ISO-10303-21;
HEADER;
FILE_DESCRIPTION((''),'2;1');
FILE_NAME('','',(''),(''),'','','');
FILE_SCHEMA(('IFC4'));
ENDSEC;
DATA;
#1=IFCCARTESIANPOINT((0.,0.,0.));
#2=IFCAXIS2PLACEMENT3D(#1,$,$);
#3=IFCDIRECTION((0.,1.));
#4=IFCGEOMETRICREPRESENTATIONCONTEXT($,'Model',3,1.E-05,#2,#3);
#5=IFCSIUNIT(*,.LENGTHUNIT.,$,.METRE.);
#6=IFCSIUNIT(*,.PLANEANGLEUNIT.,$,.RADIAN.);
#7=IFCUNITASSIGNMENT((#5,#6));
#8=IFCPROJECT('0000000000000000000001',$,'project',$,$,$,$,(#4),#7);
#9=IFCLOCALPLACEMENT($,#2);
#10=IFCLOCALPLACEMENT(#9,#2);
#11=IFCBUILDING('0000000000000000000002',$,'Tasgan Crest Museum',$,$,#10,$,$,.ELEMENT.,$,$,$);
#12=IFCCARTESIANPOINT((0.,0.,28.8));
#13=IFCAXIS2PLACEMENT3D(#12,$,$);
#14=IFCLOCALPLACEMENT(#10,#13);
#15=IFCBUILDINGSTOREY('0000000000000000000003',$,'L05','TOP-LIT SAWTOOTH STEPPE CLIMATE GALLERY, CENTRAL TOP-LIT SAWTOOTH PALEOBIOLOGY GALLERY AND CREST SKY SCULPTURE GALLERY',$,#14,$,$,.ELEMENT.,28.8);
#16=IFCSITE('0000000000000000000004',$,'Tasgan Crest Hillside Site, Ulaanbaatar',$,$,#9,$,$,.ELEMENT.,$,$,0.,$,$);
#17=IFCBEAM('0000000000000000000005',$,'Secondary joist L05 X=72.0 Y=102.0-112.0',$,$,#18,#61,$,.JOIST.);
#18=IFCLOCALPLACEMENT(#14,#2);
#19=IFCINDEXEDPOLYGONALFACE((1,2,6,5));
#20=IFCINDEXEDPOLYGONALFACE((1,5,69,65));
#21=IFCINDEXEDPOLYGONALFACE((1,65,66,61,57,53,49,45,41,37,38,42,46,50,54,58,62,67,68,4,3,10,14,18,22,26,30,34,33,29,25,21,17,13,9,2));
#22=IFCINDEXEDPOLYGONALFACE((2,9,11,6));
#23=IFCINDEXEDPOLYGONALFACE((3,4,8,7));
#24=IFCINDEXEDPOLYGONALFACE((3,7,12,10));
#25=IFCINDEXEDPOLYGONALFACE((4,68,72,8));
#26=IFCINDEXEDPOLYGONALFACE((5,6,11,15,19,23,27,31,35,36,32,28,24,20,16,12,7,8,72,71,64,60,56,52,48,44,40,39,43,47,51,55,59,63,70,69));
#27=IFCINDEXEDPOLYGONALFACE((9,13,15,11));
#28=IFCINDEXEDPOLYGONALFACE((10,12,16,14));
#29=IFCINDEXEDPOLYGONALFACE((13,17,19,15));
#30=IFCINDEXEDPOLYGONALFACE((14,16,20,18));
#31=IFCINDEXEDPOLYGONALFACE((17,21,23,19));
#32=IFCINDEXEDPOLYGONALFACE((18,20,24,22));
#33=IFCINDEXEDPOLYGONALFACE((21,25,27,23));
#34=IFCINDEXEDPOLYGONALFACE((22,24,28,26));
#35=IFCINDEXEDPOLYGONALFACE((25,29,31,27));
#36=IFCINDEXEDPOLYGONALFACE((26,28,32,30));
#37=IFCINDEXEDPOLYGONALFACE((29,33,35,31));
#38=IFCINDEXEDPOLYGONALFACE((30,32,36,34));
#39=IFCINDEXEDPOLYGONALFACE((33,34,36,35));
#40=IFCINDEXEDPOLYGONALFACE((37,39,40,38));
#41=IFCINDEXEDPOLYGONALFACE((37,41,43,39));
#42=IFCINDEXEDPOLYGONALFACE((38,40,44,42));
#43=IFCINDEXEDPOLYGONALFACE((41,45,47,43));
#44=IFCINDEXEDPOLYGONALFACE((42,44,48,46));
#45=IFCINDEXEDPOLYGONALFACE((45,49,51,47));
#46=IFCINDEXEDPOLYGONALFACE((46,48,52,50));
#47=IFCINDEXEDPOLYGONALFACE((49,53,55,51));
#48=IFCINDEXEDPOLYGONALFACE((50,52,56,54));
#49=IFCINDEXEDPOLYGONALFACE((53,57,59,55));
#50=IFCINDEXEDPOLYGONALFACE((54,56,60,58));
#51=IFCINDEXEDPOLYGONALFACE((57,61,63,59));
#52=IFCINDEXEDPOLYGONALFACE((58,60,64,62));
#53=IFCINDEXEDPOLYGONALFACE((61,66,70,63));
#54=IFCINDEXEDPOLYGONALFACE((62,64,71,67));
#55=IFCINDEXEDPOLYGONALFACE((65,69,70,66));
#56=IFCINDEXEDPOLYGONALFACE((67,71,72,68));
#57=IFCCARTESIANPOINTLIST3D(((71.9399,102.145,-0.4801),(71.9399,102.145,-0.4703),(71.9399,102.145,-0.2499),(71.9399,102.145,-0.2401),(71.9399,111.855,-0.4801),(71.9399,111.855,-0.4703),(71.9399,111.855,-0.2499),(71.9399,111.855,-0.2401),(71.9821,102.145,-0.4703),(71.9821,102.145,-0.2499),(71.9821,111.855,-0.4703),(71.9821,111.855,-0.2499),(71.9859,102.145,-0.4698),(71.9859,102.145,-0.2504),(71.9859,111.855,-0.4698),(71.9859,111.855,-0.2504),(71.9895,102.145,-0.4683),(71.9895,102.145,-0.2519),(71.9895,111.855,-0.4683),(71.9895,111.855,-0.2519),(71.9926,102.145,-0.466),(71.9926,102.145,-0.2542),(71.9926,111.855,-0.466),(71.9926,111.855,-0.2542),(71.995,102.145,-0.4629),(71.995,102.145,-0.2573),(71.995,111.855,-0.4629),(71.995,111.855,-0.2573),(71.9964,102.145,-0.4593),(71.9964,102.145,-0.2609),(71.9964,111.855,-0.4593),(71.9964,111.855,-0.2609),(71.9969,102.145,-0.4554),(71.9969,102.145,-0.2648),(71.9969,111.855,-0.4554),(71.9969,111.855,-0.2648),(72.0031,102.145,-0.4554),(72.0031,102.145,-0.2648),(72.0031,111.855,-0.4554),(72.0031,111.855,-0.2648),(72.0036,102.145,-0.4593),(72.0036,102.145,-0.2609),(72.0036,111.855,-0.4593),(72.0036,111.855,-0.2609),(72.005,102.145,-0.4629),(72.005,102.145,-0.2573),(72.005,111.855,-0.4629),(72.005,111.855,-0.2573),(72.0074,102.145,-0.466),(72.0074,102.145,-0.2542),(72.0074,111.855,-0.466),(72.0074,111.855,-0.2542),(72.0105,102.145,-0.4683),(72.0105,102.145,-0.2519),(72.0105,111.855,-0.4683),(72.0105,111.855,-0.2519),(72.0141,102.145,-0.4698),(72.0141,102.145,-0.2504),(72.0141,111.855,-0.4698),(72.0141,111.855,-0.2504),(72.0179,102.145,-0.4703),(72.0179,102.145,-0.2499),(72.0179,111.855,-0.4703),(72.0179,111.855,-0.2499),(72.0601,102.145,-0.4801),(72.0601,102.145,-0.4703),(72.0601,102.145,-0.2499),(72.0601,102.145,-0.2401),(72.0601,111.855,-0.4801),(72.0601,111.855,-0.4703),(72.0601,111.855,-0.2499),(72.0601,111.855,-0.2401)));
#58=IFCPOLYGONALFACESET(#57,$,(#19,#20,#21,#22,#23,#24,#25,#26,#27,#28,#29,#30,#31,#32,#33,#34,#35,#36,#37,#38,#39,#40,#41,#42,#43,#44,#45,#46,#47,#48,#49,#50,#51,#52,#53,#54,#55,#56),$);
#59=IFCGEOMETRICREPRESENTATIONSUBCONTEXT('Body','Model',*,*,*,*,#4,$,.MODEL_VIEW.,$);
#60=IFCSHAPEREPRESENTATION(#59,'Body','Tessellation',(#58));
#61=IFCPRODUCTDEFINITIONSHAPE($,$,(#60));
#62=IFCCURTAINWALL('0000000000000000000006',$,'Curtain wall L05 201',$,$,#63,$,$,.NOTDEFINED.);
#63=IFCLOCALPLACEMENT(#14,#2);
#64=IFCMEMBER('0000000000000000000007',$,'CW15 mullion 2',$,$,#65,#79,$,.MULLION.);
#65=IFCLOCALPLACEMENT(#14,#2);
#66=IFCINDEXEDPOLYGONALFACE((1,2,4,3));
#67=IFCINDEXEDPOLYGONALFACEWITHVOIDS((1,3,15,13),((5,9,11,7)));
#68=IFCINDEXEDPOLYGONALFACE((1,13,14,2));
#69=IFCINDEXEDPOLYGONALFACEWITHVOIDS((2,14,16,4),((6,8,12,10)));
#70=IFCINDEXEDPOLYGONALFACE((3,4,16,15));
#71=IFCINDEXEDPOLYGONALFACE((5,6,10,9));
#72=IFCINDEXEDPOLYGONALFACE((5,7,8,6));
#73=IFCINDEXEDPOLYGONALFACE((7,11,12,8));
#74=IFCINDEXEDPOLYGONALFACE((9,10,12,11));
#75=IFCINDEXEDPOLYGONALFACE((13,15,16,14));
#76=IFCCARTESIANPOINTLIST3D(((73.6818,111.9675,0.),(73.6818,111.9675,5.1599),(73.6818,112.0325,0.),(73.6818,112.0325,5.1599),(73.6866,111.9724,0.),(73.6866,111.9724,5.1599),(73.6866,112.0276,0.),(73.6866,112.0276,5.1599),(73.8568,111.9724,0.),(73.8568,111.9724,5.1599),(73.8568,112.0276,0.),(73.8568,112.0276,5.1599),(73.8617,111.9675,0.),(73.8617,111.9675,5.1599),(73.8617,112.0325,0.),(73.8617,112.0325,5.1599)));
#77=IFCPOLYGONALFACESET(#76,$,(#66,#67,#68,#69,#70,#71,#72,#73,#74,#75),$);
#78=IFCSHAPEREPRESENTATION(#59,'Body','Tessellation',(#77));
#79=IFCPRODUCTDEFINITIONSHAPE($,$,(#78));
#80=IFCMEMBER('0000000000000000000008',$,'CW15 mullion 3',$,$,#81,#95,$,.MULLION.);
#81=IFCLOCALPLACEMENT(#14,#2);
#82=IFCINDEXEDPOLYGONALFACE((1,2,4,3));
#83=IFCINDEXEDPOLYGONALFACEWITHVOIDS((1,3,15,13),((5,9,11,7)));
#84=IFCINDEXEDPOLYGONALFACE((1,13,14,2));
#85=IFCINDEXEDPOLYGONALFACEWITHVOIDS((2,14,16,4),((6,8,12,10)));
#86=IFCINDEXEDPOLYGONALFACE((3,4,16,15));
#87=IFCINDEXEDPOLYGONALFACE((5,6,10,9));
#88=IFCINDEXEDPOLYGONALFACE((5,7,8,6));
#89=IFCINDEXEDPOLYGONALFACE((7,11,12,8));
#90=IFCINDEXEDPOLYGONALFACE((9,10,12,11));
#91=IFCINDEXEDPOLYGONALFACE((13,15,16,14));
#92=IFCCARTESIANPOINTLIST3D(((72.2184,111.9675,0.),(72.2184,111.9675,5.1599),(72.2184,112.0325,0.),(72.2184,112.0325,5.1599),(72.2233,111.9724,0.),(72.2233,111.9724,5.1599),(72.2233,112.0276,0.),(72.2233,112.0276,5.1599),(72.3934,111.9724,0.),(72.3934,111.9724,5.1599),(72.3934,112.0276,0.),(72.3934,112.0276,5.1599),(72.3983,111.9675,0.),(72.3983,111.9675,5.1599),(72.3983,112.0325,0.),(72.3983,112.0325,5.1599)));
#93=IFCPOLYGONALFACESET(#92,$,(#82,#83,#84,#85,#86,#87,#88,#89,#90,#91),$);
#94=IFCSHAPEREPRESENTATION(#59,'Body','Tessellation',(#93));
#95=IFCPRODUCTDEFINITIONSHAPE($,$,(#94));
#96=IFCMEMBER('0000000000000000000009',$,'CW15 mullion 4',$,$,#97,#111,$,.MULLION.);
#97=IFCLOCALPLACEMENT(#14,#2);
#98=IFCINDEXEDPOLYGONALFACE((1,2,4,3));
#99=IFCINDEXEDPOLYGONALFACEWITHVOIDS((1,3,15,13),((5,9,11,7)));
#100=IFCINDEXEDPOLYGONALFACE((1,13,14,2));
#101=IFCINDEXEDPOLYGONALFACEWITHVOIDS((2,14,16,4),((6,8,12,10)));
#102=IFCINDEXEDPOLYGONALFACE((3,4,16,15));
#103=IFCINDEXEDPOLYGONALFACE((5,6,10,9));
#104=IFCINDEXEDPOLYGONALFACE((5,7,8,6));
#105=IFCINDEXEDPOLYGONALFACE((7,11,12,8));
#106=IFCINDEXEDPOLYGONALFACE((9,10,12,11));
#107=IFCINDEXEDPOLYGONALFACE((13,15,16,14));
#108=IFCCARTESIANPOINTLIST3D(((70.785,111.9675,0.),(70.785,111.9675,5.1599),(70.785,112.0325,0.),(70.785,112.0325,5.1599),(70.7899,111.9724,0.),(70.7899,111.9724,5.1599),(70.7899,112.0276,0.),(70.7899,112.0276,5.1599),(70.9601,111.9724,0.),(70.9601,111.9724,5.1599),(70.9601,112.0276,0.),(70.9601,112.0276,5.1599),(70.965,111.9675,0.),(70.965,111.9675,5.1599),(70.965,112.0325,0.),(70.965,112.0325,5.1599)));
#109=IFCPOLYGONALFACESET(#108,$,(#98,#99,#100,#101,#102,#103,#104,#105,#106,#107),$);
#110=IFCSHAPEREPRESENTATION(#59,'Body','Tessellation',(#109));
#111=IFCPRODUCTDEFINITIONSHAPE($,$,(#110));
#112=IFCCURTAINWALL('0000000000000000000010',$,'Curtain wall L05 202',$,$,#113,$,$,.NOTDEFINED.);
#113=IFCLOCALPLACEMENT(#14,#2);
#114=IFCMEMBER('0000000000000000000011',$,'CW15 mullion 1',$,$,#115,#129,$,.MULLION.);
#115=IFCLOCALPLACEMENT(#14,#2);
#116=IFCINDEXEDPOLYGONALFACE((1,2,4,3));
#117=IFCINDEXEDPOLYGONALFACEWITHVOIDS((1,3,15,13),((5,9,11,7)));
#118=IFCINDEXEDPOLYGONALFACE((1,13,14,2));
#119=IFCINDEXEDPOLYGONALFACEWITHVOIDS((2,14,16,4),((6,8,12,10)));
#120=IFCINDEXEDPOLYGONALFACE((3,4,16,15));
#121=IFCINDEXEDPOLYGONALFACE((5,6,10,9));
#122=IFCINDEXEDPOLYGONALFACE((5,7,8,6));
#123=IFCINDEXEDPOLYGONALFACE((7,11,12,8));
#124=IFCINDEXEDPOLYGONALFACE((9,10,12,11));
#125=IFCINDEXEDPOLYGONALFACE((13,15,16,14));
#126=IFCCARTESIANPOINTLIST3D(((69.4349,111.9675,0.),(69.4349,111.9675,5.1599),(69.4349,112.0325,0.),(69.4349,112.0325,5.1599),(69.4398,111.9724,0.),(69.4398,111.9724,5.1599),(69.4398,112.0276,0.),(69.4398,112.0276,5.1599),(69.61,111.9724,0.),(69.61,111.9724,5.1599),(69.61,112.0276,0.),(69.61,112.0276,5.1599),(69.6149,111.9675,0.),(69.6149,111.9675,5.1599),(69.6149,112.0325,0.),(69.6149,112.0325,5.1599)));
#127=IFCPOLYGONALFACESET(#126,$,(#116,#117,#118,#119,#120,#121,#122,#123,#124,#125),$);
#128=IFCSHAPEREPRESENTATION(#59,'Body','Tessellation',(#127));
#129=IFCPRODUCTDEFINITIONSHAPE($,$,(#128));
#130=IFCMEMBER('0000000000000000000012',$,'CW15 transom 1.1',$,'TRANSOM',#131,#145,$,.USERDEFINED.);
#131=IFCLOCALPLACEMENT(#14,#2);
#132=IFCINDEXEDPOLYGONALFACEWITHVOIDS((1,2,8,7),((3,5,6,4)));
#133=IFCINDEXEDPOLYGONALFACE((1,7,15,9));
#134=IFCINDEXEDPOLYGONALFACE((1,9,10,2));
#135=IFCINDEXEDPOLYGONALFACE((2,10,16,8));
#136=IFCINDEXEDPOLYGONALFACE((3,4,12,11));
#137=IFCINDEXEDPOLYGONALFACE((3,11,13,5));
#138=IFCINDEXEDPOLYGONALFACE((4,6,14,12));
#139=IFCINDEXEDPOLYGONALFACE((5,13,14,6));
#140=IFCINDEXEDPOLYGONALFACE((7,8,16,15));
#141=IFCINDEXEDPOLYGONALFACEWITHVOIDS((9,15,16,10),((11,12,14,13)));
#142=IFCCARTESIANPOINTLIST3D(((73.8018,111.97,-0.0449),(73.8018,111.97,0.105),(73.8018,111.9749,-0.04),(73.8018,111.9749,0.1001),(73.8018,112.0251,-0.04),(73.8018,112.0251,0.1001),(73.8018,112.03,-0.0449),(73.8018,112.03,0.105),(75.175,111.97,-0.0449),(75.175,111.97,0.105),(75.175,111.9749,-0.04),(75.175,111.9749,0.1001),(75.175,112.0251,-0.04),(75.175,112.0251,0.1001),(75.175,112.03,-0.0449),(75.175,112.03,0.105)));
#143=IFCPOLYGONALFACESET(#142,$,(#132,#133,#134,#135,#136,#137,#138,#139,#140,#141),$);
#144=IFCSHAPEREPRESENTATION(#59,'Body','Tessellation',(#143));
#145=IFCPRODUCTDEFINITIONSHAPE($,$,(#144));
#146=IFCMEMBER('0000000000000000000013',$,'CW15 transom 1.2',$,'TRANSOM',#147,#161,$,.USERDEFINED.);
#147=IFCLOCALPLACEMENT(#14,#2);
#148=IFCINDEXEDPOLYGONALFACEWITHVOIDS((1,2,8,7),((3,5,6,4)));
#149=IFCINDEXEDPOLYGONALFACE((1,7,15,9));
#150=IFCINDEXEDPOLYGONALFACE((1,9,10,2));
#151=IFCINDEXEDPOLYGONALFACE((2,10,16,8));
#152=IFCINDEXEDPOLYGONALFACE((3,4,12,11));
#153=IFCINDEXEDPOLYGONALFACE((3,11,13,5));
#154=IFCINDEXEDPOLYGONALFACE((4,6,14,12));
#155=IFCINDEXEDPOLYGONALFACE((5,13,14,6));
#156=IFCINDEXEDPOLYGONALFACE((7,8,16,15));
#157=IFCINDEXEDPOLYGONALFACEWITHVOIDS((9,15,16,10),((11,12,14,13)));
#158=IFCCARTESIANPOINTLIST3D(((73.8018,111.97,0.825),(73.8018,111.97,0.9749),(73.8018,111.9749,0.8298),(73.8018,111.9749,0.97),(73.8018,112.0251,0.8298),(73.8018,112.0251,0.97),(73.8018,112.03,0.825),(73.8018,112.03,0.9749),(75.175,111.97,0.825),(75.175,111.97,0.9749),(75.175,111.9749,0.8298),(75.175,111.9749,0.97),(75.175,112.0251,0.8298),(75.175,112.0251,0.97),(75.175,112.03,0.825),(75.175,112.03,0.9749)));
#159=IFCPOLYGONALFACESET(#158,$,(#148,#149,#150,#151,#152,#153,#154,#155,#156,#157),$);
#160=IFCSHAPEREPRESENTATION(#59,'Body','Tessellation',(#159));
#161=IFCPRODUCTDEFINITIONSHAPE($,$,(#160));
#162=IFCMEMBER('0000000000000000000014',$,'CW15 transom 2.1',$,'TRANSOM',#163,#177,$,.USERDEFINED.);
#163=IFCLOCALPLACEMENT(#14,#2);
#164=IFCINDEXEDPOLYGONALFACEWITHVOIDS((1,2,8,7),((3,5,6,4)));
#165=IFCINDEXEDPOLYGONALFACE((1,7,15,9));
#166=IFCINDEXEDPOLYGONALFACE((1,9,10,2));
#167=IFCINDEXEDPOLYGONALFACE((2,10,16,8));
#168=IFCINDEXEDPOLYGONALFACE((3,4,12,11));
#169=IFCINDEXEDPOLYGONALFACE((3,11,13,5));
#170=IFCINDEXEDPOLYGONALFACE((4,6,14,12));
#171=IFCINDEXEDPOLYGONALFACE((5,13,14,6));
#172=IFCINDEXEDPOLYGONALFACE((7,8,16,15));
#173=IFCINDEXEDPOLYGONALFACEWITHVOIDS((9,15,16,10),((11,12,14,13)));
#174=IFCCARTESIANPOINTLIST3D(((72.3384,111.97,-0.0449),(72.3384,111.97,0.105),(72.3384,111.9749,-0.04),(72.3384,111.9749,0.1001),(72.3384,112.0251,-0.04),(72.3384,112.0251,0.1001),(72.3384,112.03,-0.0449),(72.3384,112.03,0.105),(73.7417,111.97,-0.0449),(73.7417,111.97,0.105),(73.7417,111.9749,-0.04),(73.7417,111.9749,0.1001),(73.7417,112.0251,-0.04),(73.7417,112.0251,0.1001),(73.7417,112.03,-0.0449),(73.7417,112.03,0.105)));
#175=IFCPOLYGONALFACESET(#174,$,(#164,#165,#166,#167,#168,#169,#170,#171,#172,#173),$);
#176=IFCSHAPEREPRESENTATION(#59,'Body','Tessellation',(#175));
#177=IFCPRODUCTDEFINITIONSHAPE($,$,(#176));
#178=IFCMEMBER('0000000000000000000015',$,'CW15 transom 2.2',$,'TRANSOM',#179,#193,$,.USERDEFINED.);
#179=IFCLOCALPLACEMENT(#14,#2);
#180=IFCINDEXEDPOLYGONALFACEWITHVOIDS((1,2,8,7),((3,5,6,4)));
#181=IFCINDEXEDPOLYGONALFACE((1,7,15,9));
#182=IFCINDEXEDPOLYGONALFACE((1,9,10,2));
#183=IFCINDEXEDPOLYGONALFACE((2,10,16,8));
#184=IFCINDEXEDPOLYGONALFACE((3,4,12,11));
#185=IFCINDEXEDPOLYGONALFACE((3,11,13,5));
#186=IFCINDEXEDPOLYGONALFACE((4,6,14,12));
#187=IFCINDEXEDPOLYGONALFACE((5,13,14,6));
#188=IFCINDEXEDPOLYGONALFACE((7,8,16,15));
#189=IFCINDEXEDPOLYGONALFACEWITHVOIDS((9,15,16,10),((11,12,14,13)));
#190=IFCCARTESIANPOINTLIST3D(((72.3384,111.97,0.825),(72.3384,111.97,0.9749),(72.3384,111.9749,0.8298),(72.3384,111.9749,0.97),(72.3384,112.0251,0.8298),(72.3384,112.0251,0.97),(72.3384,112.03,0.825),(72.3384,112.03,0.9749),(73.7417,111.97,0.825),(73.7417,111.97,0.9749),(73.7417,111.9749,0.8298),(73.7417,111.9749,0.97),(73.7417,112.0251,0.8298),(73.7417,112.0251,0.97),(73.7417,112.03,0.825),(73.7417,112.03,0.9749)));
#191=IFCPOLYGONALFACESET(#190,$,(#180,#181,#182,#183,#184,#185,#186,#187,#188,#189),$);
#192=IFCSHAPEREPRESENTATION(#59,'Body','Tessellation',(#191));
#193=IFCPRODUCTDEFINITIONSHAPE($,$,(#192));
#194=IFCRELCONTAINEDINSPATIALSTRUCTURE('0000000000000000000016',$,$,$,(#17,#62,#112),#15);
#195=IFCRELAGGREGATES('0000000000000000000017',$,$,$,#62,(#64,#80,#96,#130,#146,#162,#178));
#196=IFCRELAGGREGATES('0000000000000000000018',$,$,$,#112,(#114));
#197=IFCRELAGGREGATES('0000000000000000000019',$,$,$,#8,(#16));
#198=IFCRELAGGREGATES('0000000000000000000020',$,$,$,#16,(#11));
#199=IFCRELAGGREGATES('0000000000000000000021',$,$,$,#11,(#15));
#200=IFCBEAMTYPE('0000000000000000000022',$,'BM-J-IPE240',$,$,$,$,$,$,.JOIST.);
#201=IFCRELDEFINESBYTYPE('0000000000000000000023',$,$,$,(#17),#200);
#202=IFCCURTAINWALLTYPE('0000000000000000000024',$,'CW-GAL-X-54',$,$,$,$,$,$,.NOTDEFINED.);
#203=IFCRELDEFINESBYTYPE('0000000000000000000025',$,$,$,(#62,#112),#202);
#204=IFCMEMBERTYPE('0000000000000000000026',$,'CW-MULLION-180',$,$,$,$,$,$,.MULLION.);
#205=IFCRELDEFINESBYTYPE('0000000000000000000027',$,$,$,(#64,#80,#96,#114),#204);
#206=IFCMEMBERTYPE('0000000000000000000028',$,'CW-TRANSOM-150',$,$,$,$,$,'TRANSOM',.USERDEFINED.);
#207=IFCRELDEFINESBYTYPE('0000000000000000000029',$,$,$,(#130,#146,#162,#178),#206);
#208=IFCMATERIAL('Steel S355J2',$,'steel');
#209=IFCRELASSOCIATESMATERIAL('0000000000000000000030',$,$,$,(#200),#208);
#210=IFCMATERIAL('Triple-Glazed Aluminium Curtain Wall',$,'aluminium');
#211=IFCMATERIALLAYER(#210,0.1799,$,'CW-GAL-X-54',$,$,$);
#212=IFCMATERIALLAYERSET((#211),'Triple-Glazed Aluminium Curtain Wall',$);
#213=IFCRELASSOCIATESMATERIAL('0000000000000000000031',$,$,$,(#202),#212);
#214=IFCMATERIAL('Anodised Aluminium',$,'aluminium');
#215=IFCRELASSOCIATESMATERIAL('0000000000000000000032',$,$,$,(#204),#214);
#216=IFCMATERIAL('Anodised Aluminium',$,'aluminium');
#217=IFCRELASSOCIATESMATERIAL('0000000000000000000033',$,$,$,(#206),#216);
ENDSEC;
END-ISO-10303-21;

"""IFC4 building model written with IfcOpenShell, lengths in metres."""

from ifc_helpers import new_model, si_unit, direction, frame, origin, origin_2d, place, context, subcontext, project, spatial, hollow_rectangle, i_section, extrude, material, layer, layer_set, material_profile, profile_set, type_object, element, aggregate, save


model = new_model("IFC4")

# Units and contexts
model_context = context("Model", 3, precision=1e-05, world=origin(), true_north=direction((0.0, 1.0)))
body_context = subcontext(model_context, "Body", "Model", "MODEL_VIEW")
ifc_project = project(units=[si_unit("LENGTHUNIT", "METRE"), si_unit("PLANEANGLEUNIT", "RADIAN")], contexts=[model_context])

# Site, building, storey
site_placement = place(None, origin())
site = spatial("IfcSite", under=ifc_project, at=site_placement, Name="Tasgan Crest Hillside Site, Ulaanbaatar", CompositionType="ELEMENT", RefElevation=0.0)
building_placement = place(site_placement, origin())
building = spatial("IfcBuilding", under=site, at=building_placement, Name="Tasgan Crest Museum", CompositionType="ELEMENT")
storey_placement = place(building_placement, frame((0.0, 0.0, 28.8)))
storey = spatial("IfcBuildingStorey", under=building, at=storey_placement, Name="L05", Description="TOP-LIT SAWTOOTH STEPPE CLIMATE GALLERY, CENTRAL TOP-LIT SAWTOOTH PALEOBIOLOGY GALLERY AND CREST SKY SCULPTURE GALLERY", CompositionType="ELEMENT", Elevation=28.8)

# Beam
ifc_material_1 = material(Name="Steel S355J2", Category="steel")
ifc_material_profile_1 = material_profile(ifc_material_1, i_section(OverallWidth=0.1201, OverallDepth=0.24, WebThickness=0.0061, FlangeThickness=0.0098, FilletRadius=0.0149, at=origin_2d()), Name="IPE 240")
ifc_profile_set_1 = profile_set([ifc_material_profile_1], Name="Steel S355J2")
beam_type = type_object("IfcBeamType", Name="BM-J-IPE240", PredefinedType="JOIST", material=ifc_profile_set_1)
beam_placement = place(storey_placement, frame((72.0, 102.145, -0.3601), z_axis=(0.0, 1.0, 0.0), x_axis=(-1.0, 0.0, 0.0)))
element("IfcBeam", 1, at=beam_placement, inside=storey, type_object=beam_type, Name="Secondary joist L05 X=72.0 Y=102.0-112.0", PredefinedType="JOIST", context=body_context, shape_type="SweptSolid", body=[
    extrude(i_section(OverallWidth=0.1201, OverallDepth=0.24, WebThickness=0.0061, FlangeThickness=0.0098, FilletRadius=0.0149, at=origin_2d()), origin(), (0.0, 0.0, 1.0), 9.71),
])

# Curtain wall, members
ifc_material_2 = material(Name="Triple-Glazed Aluminium Curtain Wall", Category="aluminium")
ifc_layer_1 = layer(ifc_material_2, 0.1799, Name="CW-GAL-X-54")
ifc_layer_set_1 = layer_set([ifc_layer_1], Name="Triple-Glazed Aluminium Curtain Wall")
curtain_wall_type = type_object("IfcCurtainWallType", Name="CW-GAL-X-54", PredefinedType="NOTDEFINED", material=ifc_layer_set_1)
curtain_wall_1_placement = place(storey_placement, origin())
curtain_wall_1 = element("IfcCurtainWall", 2, at=curtain_wall_1_placement, inside=storey, type_object=curtain_wall_type, Name="Curtain wall L05 201", PredefinedType="NOTDEFINED")
ifc_material_3 = material(Name="Anodised Aluminium", Category="aluminium")
ifc_material_profile_2 = material_profile(ifc_material_3, hollow_rectangle(XDim=0.0649, YDim=0.1799, WallThickness=0.0049, at=origin_2d()), Name="ALU MULLION 180x65x5")
ifc_profile_set_2 = profile_set([ifc_material_profile_2], Name="Anodised Aluminium")
member_type_1 = type_object("IfcMemberType", Name="CW-MULLION-180", PredefinedType="MULLION", material=ifc_profile_set_2)
member_1_placement = place(storey_placement, frame((73.7717, 112.0, 0.0), z_axis=(0.0, 0.0, 1.0), x_axis=(0.0, -1.0, 0.0)))
member_1 = element("IfcMember", 3, at=member_1_placement, type_object=member_type_1, Name="CW15 mullion 2", PredefinedType="MULLION", context=body_context, shape_type="SweptSolid", body=[
    extrude(hollow_rectangle(XDim=0.0649, YDim=0.1799, WallThickness=0.0049, at=origin_2d()), origin(), (0.0, 0.0, 1.0), 5.1599),
])
member_2_placement = place(storey_placement, frame((72.3083, 112.0, 0.0), z_axis=(0.0, 0.0, 1.0), x_axis=(0.0, -1.0, 0.0)))
member_2 = element("IfcMember", 4, at=member_2_placement, type_object=member_type_1, Name="CW15 mullion 3", PredefinedType="MULLION", context=body_context, shape_type="SweptSolid", body=[
    extrude(hollow_rectangle(XDim=0.0649, YDim=0.1799, WallThickness=0.0049, at=origin_2d()), origin(), (0.0, 0.0, 1.0), 5.1599),
])
member_3_placement = place(storey_placement, frame((70.875, 112.0, 0.0), z_axis=(0.0, 0.0, 1.0), x_axis=(0.0, -1.0, 0.0)))
member_3 = element("IfcMember", 5, at=member_3_placement, type_object=member_type_1, Name="CW15 mullion 4", PredefinedType="MULLION", context=body_context, shape_type="SweptSolid", body=[
    extrude(hollow_rectangle(XDim=0.0649, YDim=0.1799, WallThickness=0.0049, at=origin_2d()), origin(), (0.0, 0.0, 1.0), 5.1599),
])

# Curtain wall, member
curtain_wall_2_placement = place(storey_placement, origin())
curtain_wall_2 = element("IfcCurtainWall", 6, at=curtain_wall_2_placement, inside=storey, type_object=curtain_wall_type, Name="Curtain wall L05 202", PredefinedType="NOTDEFINED")
member_4_placement = place(storey_placement, frame((69.5249, 112.0, 0.0), z_axis=(0.0, 0.0, 1.0), x_axis=(0.0, -1.0, 0.0)))
member_4 = element("IfcMember", 7, at=member_4_placement, type_object=member_type_1, Name="CW15 mullion 1", PredefinedType="MULLION", context=body_context, shape_type="SweptSolid", body=[
    extrude(hollow_rectangle(XDim=0.0649, YDim=0.1799, WallThickness=0.0049, at=origin_2d()), origin(), (0.0, 0.0, 1.0), 5.1599),
])

# Members
ifc_material_4 = material(Name="Anodised Aluminium", Category="aluminium")
ifc_material_profile_3 = material_profile(ifc_material_4, hollow_rectangle(XDim=0.0601, YDim=0.1499, WallThickness=0.0049, at=origin_2d()), Name="ALU TRANSOM 150x60x5")
ifc_profile_set_3 = profile_set([ifc_material_profile_3], Name="Anodised Aluminium")
member_type_2 = type_object("IfcMemberType", Name="CW-TRANSOM-150", ElementType="TRANSOM", PredefinedType="USERDEFINED", material=ifc_profile_set_3)
member_5_placement = place(storey_placement, frame((75.175, 112.0, 0.03), z_axis=(-1.0, 0.0, 0.0), x_axis=(0.0, -1.0, 0.0)))
member_5 = element("IfcMember", 8, at=member_5_placement, type_object=member_type_2, Name="CW15 transom 1.1", ObjectType="TRANSOM", PredefinedType="USERDEFINED", context=body_context, shape_type="SweptSolid", body=[
    extrude(hollow_rectangle(XDim=0.0601, YDim=0.1499, WallThickness=0.0049, at=origin_2d()), origin(), (0.0, 0.0, 1.0), 1.3733),
])
member_6_placement = place(storey_placement, frame((75.175, 112.0, 0.8999), z_axis=(-1.0, 0.0, 0.0), x_axis=(0.0, -1.0, 0.0)))
member_6 = element("IfcMember", 9, at=member_6_placement, type_object=member_type_2, Name="CW15 transom 1.2", ObjectType="TRANSOM", PredefinedType="USERDEFINED", context=body_context, shape_type="SweptSolid", body=[
    extrude(hollow_rectangle(XDim=0.0601, YDim=0.1499, WallThickness=0.0049, at=origin_2d()), origin(), (0.0, 0.0, 1.0), 1.3733),
])
member_7_placement = place(storey_placement, frame((73.7417, 112.0, 0.03), z_axis=(-1.0, 0.0, 0.0), x_axis=(0.0, -1.0, 0.0)))
member_7 = element("IfcMember", 10, at=member_7_placement, type_object=member_type_2, Name="CW15 transom 2.1", ObjectType="TRANSOM", PredefinedType="USERDEFINED", context=body_context, shape_type="SweptSolid", body=[
    extrude(hollow_rectangle(XDim=0.0601, YDim=0.1499, WallThickness=0.0049, at=origin_2d()), origin(), (0.0, 0.0, 1.0), 1.4033),
])
member_8_placement = place(storey_placement, frame((73.7417, 112.0, 0.8999), z_axis=(-1.0, 0.0, 0.0), x_axis=(0.0, -1.0, 0.0)))
member_8 = element("IfcMember", 11, at=member_8_placement, type_object=member_type_2, Name="CW15 transom 2.2", ObjectType="TRANSOM", PredefinedType="USERDEFINED", context=body_context, shape_type="SweptSolid", body=[
    extrude(hollow_rectangle(XDim=0.0601, YDim=0.1499, WallThickness=0.0049, at=origin_2d()), origin(), (0.0, 0.0, 1.0), 1.4033),
])

aggregate(curtain_wall_1, [member_1, member_2, member_3, member_5, member_6, member_7, member_8])
aggregate(curtain_wall_2, [member_4])

save(model, "model.ifc")
